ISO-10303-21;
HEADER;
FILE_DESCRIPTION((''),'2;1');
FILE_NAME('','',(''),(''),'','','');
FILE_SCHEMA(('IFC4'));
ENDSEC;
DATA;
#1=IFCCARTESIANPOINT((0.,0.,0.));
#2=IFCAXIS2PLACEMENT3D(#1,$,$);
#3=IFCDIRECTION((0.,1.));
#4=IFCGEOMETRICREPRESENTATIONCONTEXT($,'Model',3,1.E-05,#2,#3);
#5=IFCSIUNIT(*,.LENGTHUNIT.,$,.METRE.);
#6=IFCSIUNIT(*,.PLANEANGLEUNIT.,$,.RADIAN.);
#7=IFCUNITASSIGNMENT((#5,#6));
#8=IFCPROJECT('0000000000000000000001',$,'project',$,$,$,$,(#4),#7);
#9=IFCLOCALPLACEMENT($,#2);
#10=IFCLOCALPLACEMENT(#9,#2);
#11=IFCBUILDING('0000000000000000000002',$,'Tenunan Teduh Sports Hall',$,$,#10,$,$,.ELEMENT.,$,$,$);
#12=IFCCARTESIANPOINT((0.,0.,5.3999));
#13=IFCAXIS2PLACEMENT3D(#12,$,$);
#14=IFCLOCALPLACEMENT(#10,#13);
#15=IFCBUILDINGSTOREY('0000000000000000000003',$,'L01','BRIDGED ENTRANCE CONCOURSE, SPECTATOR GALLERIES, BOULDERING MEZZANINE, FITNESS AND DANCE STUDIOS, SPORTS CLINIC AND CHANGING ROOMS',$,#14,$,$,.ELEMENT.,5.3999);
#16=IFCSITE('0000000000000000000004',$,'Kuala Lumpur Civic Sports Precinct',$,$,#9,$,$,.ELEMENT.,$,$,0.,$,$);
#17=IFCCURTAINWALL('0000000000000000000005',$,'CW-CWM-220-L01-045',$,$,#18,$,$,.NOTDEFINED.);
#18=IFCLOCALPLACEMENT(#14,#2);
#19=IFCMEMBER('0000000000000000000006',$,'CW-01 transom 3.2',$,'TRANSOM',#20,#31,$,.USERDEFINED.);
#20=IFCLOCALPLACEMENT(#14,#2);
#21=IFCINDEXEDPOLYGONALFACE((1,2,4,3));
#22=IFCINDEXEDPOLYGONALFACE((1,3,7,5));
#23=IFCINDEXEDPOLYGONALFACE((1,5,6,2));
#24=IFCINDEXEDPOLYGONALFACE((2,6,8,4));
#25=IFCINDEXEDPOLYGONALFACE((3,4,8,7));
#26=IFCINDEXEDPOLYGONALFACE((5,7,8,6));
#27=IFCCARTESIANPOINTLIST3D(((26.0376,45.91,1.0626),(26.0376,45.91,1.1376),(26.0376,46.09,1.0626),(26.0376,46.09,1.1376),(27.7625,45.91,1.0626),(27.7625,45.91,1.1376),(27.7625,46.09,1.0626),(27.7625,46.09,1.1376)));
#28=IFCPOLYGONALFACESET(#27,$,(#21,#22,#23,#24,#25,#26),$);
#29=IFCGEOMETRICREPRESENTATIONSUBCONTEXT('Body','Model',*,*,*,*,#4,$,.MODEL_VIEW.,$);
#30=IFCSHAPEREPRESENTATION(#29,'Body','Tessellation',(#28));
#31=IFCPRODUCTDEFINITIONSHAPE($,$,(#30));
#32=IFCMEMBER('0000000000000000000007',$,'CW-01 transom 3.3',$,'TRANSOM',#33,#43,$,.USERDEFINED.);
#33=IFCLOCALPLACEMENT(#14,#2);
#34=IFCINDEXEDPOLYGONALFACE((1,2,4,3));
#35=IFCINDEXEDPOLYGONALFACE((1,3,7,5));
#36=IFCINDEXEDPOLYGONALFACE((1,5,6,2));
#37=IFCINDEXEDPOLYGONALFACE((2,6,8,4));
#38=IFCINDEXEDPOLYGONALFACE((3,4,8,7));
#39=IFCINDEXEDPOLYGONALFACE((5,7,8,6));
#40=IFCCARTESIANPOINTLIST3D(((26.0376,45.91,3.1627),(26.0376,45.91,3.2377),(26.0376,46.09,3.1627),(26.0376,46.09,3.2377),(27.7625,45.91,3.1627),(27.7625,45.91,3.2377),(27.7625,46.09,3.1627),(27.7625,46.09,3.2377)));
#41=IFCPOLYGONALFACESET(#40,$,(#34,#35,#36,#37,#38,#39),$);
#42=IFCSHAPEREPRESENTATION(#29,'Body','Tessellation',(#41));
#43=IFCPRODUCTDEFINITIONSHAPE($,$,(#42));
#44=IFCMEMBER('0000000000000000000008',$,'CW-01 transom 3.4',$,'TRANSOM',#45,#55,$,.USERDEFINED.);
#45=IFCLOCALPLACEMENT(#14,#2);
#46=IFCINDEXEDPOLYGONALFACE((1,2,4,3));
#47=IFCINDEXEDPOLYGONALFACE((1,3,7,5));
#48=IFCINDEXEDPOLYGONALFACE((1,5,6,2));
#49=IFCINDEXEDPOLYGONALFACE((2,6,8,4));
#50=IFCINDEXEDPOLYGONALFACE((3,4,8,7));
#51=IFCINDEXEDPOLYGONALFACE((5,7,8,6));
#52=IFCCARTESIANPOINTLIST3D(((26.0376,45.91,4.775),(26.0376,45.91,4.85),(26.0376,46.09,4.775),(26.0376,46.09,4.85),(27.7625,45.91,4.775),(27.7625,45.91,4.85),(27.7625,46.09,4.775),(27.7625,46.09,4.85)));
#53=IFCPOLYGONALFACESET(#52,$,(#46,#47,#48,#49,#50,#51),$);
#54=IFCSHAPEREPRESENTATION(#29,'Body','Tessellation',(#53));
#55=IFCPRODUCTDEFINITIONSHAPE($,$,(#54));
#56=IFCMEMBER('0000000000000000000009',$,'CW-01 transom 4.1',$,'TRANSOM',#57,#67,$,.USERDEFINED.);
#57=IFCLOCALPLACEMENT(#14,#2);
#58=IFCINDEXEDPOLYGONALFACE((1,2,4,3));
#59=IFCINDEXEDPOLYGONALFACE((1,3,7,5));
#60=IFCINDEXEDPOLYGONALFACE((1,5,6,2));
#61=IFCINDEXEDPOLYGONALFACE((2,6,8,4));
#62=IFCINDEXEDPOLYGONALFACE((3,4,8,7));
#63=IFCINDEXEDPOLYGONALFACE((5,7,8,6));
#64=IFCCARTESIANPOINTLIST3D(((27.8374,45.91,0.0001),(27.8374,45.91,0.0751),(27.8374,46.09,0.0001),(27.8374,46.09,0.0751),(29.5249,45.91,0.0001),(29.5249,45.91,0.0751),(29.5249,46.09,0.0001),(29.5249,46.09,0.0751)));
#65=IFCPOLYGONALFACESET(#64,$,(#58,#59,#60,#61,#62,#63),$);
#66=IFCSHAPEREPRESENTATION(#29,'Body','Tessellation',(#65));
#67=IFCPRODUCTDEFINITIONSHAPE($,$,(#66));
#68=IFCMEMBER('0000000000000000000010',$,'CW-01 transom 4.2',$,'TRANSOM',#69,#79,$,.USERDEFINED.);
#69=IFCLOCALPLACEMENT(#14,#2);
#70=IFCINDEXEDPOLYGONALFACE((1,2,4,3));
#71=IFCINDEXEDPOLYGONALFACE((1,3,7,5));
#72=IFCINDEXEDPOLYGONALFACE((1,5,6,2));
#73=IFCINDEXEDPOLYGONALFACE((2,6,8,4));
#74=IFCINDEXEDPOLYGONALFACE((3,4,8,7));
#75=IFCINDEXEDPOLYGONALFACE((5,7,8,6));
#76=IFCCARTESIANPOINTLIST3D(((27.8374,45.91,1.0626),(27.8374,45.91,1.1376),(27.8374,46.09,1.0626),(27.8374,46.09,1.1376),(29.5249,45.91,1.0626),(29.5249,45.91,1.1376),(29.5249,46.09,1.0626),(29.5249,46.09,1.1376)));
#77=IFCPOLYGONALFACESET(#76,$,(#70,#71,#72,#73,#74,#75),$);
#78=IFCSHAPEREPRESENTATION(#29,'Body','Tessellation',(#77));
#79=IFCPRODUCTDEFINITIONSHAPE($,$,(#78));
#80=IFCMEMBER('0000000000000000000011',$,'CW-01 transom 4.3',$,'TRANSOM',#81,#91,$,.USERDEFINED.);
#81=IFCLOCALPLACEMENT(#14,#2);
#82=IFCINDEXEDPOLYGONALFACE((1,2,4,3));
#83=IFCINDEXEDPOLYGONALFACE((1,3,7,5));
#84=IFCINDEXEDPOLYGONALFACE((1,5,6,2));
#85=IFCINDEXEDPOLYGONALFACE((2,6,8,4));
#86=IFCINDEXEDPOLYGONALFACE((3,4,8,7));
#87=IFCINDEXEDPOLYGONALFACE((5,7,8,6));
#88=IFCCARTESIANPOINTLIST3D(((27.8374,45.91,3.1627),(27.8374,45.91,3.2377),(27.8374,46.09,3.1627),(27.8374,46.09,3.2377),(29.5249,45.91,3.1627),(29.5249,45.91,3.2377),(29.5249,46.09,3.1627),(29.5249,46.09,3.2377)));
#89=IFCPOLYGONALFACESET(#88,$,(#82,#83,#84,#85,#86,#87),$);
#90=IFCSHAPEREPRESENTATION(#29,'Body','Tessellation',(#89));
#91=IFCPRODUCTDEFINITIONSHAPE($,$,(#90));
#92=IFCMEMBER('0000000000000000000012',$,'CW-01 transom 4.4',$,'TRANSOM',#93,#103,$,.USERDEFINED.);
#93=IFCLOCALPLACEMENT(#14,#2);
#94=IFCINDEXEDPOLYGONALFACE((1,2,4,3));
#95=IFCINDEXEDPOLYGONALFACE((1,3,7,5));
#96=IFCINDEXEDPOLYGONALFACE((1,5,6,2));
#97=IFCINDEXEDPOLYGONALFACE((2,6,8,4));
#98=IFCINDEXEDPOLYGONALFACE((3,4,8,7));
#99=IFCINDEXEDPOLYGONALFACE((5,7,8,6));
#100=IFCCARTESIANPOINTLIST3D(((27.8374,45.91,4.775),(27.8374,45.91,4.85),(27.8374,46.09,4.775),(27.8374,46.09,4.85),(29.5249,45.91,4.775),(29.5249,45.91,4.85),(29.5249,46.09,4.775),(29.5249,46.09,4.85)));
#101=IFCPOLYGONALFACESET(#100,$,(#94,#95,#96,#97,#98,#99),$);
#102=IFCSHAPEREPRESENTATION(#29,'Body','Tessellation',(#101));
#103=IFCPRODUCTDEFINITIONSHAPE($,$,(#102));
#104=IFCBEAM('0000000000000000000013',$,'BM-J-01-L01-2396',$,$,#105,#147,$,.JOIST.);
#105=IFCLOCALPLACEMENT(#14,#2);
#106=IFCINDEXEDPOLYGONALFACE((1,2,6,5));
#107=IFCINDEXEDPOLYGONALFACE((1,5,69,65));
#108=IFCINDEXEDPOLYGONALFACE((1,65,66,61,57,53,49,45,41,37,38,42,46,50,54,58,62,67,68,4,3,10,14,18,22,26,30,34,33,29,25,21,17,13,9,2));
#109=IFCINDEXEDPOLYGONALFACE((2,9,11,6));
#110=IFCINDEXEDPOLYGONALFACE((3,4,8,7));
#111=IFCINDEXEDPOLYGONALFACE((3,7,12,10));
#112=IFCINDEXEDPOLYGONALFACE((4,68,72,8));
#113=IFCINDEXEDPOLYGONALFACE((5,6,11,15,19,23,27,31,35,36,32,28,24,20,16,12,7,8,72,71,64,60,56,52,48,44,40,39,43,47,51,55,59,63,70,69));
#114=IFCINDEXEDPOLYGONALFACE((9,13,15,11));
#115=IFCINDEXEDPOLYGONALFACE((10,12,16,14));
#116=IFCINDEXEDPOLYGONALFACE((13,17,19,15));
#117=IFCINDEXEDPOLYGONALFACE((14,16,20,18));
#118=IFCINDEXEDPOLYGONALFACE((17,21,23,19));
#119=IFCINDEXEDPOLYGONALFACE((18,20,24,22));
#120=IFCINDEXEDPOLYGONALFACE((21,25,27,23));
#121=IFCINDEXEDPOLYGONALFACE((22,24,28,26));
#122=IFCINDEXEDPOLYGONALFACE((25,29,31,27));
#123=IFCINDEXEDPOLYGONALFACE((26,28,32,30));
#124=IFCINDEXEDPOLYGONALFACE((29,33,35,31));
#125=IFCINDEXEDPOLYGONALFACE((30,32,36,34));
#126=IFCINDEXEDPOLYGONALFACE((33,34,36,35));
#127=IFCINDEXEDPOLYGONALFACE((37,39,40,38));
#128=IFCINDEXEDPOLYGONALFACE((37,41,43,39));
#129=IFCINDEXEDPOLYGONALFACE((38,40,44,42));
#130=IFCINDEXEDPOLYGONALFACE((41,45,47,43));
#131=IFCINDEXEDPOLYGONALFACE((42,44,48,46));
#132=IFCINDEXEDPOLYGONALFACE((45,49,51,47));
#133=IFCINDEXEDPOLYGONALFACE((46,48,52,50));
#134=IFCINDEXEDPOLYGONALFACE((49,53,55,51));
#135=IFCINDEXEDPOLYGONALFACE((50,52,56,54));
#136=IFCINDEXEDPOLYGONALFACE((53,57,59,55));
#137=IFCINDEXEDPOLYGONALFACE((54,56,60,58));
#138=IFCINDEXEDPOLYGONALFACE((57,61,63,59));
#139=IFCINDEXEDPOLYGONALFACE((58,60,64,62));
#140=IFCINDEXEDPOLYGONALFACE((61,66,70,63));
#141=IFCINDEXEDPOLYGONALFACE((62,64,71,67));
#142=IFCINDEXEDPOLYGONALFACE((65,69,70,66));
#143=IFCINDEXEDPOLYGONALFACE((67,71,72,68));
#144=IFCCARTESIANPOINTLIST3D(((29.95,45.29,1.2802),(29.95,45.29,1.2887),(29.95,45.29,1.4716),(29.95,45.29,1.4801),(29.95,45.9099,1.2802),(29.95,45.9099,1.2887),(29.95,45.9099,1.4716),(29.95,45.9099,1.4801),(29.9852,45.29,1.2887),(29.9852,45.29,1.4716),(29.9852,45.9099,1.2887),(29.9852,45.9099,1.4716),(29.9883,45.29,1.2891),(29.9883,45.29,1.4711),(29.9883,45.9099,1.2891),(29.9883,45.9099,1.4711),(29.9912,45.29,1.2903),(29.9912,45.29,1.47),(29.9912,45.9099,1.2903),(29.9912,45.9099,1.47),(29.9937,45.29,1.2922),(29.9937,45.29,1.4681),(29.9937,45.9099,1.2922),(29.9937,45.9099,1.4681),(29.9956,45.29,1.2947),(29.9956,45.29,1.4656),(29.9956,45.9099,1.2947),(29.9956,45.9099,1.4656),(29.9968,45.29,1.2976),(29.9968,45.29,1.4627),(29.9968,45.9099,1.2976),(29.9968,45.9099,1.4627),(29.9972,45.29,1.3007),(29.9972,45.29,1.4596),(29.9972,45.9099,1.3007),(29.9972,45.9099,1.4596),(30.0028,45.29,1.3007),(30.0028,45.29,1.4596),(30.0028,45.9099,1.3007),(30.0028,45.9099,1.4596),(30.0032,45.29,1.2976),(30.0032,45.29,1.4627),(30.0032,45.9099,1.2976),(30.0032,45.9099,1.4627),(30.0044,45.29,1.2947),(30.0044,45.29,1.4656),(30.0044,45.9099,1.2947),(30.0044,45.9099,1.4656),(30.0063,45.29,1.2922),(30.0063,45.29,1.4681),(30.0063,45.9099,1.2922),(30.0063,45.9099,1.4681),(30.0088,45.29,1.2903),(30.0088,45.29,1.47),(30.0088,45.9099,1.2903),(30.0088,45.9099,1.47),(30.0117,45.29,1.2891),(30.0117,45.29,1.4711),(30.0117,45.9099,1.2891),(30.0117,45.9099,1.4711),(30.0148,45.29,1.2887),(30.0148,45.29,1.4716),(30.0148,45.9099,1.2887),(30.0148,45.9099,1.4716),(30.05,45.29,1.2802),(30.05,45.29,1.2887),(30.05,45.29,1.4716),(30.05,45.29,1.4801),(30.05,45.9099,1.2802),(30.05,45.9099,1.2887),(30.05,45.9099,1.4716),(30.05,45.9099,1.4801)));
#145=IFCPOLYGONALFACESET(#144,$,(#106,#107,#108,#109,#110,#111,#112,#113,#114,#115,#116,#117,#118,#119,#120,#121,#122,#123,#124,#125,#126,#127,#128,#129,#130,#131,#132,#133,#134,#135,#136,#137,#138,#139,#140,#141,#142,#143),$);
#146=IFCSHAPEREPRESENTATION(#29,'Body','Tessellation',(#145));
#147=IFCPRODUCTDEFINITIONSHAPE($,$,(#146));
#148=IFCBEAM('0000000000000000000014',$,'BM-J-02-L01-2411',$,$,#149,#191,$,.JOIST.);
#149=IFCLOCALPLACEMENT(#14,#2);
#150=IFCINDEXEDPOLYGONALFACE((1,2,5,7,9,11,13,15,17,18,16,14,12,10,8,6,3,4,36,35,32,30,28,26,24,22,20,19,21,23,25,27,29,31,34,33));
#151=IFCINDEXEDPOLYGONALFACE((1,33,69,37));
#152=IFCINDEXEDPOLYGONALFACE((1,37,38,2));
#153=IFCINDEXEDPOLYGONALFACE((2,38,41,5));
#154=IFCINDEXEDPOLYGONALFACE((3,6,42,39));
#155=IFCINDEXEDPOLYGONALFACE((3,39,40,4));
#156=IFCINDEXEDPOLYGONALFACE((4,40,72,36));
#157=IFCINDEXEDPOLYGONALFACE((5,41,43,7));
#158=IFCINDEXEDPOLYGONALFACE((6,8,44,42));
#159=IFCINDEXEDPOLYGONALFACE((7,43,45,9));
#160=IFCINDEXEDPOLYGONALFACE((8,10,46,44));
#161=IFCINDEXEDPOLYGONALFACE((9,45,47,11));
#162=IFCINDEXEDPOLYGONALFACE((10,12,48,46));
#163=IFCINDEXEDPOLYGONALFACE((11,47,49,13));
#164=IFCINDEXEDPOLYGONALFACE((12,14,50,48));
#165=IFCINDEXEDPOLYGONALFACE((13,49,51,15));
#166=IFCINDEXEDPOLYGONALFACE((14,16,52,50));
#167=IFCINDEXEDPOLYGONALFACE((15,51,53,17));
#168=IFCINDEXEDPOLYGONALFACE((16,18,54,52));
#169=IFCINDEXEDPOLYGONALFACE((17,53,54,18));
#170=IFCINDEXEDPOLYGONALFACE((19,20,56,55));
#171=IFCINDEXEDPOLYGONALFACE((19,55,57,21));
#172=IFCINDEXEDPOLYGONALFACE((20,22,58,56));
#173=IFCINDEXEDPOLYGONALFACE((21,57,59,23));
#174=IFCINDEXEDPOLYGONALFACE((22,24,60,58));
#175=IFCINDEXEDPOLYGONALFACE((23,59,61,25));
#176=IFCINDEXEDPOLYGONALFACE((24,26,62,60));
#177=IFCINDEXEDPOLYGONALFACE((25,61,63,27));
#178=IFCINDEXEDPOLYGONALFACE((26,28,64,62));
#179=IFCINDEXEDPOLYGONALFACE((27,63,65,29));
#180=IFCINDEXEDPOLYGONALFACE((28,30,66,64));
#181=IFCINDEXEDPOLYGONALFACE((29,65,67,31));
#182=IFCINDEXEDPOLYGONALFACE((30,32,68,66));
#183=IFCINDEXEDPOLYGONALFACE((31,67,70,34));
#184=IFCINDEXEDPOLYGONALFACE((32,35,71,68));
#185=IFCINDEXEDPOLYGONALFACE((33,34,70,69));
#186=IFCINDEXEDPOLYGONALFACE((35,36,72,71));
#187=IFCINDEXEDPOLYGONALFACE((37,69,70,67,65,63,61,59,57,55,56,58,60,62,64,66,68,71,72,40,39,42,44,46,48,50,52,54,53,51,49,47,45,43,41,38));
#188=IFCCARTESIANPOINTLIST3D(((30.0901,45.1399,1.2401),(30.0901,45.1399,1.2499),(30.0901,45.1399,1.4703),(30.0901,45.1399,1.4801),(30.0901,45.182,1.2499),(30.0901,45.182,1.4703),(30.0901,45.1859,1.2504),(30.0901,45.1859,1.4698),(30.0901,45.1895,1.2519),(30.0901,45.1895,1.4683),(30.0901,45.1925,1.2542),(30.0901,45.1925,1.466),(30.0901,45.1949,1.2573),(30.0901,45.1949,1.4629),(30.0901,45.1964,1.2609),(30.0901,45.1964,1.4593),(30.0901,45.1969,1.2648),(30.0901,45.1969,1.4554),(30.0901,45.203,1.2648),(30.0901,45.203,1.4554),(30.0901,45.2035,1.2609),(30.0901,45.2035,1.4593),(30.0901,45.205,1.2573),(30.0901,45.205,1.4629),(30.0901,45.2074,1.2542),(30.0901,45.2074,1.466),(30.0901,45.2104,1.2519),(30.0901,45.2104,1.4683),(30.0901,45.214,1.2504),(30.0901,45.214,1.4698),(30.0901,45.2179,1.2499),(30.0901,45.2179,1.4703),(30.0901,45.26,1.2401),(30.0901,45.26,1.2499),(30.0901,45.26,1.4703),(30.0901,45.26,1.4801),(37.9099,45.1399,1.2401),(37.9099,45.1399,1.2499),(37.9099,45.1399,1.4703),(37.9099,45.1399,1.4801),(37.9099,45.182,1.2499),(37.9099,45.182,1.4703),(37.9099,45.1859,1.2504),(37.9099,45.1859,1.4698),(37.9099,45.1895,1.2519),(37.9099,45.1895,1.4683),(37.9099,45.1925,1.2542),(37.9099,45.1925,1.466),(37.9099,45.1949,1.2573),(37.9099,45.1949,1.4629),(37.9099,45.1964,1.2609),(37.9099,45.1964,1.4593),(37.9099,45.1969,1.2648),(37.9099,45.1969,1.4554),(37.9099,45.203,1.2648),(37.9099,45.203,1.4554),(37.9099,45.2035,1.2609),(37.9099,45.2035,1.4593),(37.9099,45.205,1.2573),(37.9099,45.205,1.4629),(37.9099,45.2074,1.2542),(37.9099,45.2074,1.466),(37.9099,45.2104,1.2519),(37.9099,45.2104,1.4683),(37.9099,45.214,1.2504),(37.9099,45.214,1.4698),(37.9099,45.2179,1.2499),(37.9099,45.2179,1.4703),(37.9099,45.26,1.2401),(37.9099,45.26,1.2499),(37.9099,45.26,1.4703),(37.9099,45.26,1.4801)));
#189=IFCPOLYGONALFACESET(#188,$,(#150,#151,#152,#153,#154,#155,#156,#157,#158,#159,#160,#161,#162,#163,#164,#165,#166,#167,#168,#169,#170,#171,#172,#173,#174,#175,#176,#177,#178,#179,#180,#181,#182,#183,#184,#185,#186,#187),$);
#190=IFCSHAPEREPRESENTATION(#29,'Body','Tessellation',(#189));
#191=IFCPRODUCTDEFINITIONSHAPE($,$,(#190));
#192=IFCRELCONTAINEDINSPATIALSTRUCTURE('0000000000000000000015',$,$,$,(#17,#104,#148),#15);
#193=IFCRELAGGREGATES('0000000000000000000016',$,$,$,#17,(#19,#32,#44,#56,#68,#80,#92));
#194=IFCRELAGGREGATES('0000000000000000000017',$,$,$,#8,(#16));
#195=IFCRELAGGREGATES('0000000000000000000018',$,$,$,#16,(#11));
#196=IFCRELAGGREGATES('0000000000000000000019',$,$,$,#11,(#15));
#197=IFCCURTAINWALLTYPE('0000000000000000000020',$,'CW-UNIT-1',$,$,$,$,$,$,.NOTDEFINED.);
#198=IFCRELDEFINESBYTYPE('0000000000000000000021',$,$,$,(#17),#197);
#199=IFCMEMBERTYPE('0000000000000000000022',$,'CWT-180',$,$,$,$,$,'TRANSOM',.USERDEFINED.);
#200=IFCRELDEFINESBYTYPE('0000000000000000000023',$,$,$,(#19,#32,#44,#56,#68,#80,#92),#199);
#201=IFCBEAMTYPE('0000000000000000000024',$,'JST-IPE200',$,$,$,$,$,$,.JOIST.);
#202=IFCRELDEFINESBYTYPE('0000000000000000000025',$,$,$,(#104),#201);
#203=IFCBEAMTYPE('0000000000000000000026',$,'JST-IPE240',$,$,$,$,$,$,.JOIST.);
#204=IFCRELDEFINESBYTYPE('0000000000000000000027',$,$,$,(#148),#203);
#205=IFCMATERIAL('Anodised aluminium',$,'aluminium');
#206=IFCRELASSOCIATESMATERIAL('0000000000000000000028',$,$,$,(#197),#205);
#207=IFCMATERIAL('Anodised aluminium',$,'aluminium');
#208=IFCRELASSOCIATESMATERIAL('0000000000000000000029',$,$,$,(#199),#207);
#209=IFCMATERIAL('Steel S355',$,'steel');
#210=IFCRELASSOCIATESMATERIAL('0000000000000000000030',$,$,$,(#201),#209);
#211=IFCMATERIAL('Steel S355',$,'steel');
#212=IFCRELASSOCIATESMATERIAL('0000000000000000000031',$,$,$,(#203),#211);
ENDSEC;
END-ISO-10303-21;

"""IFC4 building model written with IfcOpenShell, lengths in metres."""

from ifc_helpers import new_model, si_unit, direction, frame, origin, origin_2d, place, context, subcontext, project, spatial, rectangle, i_section, extrude, material, material_profile, profile_set, type_object, element, aggregate, save


model = new_model("IFC4")

# Units and contexts
model_context = context("Model", 3, precision=1e-05, world=origin(), true_north=direction((0.0, 1.0)))
body_context = subcontext(model_context, "Body", "Model", "MODEL_VIEW")
ifc_project = project(units=[si_unit("LENGTHUNIT", "METRE"), si_unit("PLANEANGLEUNIT", "RADIAN")], contexts=[model_context])

# Site, building, storey
site_placement = place(None, origin())
site = spatial("IfcSite", under=ifc_project, at=site_placement, Name="Kuala Lumpur Civic Sports Precinct", CompositionType="ELEMENT", RefElevation=0.0)
building_placement = place(site_placement, origin())
building = spatial("IfcBuilding", under=site, at=building_placement, Name="Tenunan Teduh Sports Hall", CompositionType="ELEMENT")
storey_placement = place(building_placement, frame((0.0, 0.0, 5.3999)))
storey = spatial("IfcBuildingStorey", under=building, at=storey_placement, Name="L01", Description="BRIDGED ENTRANCE CONCOURSE, SPECTATOR GALLERIES, BOULDERING MEZZANINE, FITNESS AND DANCE STUDIOS, SPORTS CLINIC AND CHANGING ROOMS", CompositionType="ELEMENT", Elevation=5.3999)

# Shared definitions
ifc_material_1 = material(Name="Anodised aluminium", Category="aluminium")
curtain_wall_type = type_object("IfcCurtainWallType", Name="CW-UNIT-1", PredefinedType="NOTDEFINED", material=ifc_material_1)

# Curtain wall, members
curtain_wall_1_placement = place(storey_placement, origin())
curtain_wall_1 = element("IfcCurtainWall", 1, at=curtain_wall_1_placement, inside=storey, type_object=curtain_wall_type, Name="CW-CWM-220-L01-045", PredefinedType="NOTDEFINED")
ifc_material_2 = material(Name="Anodised aluminium", Category="aluminium")
ifc_material_profile_1 = material_profile(ifc_material_2, rectangle(XDim=0.075, YDim=0.1799, at=origin_2d()), Name="CWT 75x180")
ifc_profile_set_1 = profile_set([ifc_material_profile_1], Name="Anodised aluminium")
member_type_1 = type_object("IfcMemberType", Name="CWT-180", ElementType="TRANSOM", PredefinedType="USERDEFINED", material=ifc_profile_set_1)
member_1_placement = place(storey_placement, frame((26.0376, 46.0, 1.1001), z_axis=(1.0, 0.0, 0.0), x_axis=(0.0, 0.0, 1.0)))
member_1 = element("IfcMember", 2, at=member_1_placement, type_object=member_type_1, Name="CW-01 transom 3.2", ObjectType="TRANSOM", PredefinedType="USERDEFINED", context=body_context, shape_type="SweptSolid", body=[
    extrude(rectangle(XDim=0.075, YDim=0.1799, at=origin_2d()), origin(), (0.0, 0.0, 1.0), 1.7249),
])
member_2_placement = place(storey_placement, frame((26.0376, 46.0, 3.2002), z_axis=(1.0, 0.0, 0.0), x_axis=(0.0, 0.0, 1.0)))
member_2 = element("IfcMember", 3, at=member_2_placement, type_object=member_type_1, Name="CW-01 transom 3.3", ObjectType="TRANSOM", PredefinedType="USERDEFINED", context=body_context, shape_type="SweptSolid", body=[
    extrude(rectangle(XDim=0.075, YDim=0.1799, at=origin_2d()), origin(), (0.0, 0.0, 1.0), 1.7249),
])
member_3_placement = place(storey_placement, frame((26.0376, 46.0, 4.8125), z_axis=(1.0, 0.0, 0.0), x_axis=(0.0, 0.0, 1.0)))
member_3 = element("IfcMember", 4, at=member_3_placement, type_object=member_type_1, Name="CW-01 transom 3.4", ObjectType="TRANSOM", PredefinedType="USERDEFINED", context=body_context, shape_type="SweptSolid", body=[
    extrude(rectangle(XDim=0.075, YDim=0.1799, at=origin_2d()), origin(), (0.0, 0.0, 1.0), 1.7249),
])
member_4_placement = place(storey_placement, frame((27.8374, 46.0, 0.0376), z_axis=(1.0, 0.0, 0.0), x_axis=(0.0, 0.0, 1.0)))
member_4 = element("IfcMember", 5, at=member_4_placement, type_object=member_type_1, Name="CW-01 transom 4.1", ObjectType="TRANSOM", PredefinedType="USERDEFINED", context=body_context, shape_type="SweptSolid", body=[
    extrude(rectangle(XDim=0.075, YDim=0.1799, at=origin_2d()), origin(), (0.0, 0.0, 1.0), 1.6875),
])
member_5_placement = place(storey_placement, frame((27.8374, 46.0, 1.1001), z_axis=(1.0, 0.0, 0.0), x_axis=(0.0, 0.0, 1.0)))
member_5 = element("IfcMember", 6, at=member_5_placement, type_object=member_type_1, Name="CW-01 transom 4.2", ObjectType="TRANSOM", PredefinedType="USERDEFINED", context=body_context, shape_type="SweptSolid", body=[
    extrude(rectangle(XDim=0.075, YDim=0.1799, at=origin_2d()), origin(), (0.0, 0.0, 1.0), 1.6875),
])
member_6_placement = place(storey_placement, frame((27.8374, 46.0, 3.2002), z_axis=(1.0, 0.0, 0.0), x_axis=(0.0, 0.0, 1.0)))
member_6 = element("IfcMember", 7, at=member_6_placement, type_object=member_type_1, Name="CW-01 transom 4.3", ObjectType="TRANSOM", PredefinedType="USERDEFINED", context=body_context, shape_type="SweptSolid", body=[
    extrude(rectangle(XDim=0.075, YDim=0.1799, at=origin_2d()), origin(), (0.0, 0.0, 1.0), 1.6875),
])
member_7_placement = place(storey_placement, frame((27.8374, 46.0, 4.8125), z_axis=(1.0, 0.0, 0.0), x_axis=(0.0, 0.0, 1.0)))
member_7 = element("IfcMember", 8, at=member_7_placement, type_object=member_type_1, Name="CW-01 transom 4.4", ObjectType="TRANSOM", PredefinedType="USERDEFINED", context=body_context, shape_type="SweptSolid", body=[
    extrude(rectangle(XDim=0.075, YDim=0.1799, at=origin_2d()), origin(), (0.0, 0.0, 1.0), 1.6875),
])

# Beams
ifc_material_3 = material(Name="Steel S355", Category="steel")
ifc_material_profile_2 = material_profile(ifc_material_3, i_section(OverallWidth=0.1001, OverallDepth=0.2, WebThickness=0.0056, FlangeThickness=0.0085, FilletRadius=0.012, at=origin_2d()), Name="IPE 200")
ifc_profile_set_2 = profile_set([ifc_material_profile_2], Name="Steel S355")
beam_type_1 = type_object("IfcBeamType", Name="JST-IPE200", PredefinedType="JOIST", material=ifc_profile_set_2)
beam_1_placement = place(storey_placement, frame((30.0, 45.29, 1.3801), z_axis=(0.0, 1.0, 0.0), x_axis=(-1.0, 0.0, 0.0)))
element("IfcBeam", 9, at=beam_1_placement, inside=storey, type_object=beam_type_1, Name="BM-J-01-L01-2396", PredefinedType="JOIST", context=body_context, shape_type="SweptSolid", body=[
    extrude(i_section(OverallWidth=0.1001, OverallDepth=0.2, WebThickness=0.0056, FlangeThickness=0.0085, FilletRadius=0.012, at=origin_2d()), origin(), (0.0, 0.0, 1.0), 0.6199),
])
ifc_material_4 = material(Name="Steel S355", Category="steel")
ifc_material_profile_3 = material_profile(ifc_material_4, i_section(OverallWidth=0.1201, OverallDepth=0.24, WebThickness=0.0061, FlangeThickness=0.0098, FilletRadius=0.0149, at=origin_2d()), Name="IPE 240")
ifc_profile_set_3 = profile_set([ifc_material_profile_3], Name="Steel S355")
beam_type_2 = type_object("IfcBeamType", Name="JST-IPE240", PredefinedType="JOIST", material=ifc_profile_set_3)
beam_2_placement = place(storey_placement, frame((30.0901, 45.2, 1.3601), z_axis=(1.0, 0.0, 0.0), x_axis=(0.0, 1.0, 0.0)))
element("IfcBeam", 10, at=beam_2_placement, inside=storey, type_object=beam_type_2, Name="BM-J-02-L01-2411", PredefinedType="JOIST", context=body_context, shape_type="SweptSolid", body=[
    extrude(i_section(OverallWidth=0.1201, OverallDepth=0.24, WebThickness=0.0061, FlangeThickness=0.0098, FilletRadius=0.0149, at=origin_2d()), origin(), (0.0, 0.0, 1.0), 7.8198),
])

aggregate(curtain_wall_1, [member_1, member_2, member_3, member_4, member_5, member_6, member_7])

save(model, "model.ifc")
